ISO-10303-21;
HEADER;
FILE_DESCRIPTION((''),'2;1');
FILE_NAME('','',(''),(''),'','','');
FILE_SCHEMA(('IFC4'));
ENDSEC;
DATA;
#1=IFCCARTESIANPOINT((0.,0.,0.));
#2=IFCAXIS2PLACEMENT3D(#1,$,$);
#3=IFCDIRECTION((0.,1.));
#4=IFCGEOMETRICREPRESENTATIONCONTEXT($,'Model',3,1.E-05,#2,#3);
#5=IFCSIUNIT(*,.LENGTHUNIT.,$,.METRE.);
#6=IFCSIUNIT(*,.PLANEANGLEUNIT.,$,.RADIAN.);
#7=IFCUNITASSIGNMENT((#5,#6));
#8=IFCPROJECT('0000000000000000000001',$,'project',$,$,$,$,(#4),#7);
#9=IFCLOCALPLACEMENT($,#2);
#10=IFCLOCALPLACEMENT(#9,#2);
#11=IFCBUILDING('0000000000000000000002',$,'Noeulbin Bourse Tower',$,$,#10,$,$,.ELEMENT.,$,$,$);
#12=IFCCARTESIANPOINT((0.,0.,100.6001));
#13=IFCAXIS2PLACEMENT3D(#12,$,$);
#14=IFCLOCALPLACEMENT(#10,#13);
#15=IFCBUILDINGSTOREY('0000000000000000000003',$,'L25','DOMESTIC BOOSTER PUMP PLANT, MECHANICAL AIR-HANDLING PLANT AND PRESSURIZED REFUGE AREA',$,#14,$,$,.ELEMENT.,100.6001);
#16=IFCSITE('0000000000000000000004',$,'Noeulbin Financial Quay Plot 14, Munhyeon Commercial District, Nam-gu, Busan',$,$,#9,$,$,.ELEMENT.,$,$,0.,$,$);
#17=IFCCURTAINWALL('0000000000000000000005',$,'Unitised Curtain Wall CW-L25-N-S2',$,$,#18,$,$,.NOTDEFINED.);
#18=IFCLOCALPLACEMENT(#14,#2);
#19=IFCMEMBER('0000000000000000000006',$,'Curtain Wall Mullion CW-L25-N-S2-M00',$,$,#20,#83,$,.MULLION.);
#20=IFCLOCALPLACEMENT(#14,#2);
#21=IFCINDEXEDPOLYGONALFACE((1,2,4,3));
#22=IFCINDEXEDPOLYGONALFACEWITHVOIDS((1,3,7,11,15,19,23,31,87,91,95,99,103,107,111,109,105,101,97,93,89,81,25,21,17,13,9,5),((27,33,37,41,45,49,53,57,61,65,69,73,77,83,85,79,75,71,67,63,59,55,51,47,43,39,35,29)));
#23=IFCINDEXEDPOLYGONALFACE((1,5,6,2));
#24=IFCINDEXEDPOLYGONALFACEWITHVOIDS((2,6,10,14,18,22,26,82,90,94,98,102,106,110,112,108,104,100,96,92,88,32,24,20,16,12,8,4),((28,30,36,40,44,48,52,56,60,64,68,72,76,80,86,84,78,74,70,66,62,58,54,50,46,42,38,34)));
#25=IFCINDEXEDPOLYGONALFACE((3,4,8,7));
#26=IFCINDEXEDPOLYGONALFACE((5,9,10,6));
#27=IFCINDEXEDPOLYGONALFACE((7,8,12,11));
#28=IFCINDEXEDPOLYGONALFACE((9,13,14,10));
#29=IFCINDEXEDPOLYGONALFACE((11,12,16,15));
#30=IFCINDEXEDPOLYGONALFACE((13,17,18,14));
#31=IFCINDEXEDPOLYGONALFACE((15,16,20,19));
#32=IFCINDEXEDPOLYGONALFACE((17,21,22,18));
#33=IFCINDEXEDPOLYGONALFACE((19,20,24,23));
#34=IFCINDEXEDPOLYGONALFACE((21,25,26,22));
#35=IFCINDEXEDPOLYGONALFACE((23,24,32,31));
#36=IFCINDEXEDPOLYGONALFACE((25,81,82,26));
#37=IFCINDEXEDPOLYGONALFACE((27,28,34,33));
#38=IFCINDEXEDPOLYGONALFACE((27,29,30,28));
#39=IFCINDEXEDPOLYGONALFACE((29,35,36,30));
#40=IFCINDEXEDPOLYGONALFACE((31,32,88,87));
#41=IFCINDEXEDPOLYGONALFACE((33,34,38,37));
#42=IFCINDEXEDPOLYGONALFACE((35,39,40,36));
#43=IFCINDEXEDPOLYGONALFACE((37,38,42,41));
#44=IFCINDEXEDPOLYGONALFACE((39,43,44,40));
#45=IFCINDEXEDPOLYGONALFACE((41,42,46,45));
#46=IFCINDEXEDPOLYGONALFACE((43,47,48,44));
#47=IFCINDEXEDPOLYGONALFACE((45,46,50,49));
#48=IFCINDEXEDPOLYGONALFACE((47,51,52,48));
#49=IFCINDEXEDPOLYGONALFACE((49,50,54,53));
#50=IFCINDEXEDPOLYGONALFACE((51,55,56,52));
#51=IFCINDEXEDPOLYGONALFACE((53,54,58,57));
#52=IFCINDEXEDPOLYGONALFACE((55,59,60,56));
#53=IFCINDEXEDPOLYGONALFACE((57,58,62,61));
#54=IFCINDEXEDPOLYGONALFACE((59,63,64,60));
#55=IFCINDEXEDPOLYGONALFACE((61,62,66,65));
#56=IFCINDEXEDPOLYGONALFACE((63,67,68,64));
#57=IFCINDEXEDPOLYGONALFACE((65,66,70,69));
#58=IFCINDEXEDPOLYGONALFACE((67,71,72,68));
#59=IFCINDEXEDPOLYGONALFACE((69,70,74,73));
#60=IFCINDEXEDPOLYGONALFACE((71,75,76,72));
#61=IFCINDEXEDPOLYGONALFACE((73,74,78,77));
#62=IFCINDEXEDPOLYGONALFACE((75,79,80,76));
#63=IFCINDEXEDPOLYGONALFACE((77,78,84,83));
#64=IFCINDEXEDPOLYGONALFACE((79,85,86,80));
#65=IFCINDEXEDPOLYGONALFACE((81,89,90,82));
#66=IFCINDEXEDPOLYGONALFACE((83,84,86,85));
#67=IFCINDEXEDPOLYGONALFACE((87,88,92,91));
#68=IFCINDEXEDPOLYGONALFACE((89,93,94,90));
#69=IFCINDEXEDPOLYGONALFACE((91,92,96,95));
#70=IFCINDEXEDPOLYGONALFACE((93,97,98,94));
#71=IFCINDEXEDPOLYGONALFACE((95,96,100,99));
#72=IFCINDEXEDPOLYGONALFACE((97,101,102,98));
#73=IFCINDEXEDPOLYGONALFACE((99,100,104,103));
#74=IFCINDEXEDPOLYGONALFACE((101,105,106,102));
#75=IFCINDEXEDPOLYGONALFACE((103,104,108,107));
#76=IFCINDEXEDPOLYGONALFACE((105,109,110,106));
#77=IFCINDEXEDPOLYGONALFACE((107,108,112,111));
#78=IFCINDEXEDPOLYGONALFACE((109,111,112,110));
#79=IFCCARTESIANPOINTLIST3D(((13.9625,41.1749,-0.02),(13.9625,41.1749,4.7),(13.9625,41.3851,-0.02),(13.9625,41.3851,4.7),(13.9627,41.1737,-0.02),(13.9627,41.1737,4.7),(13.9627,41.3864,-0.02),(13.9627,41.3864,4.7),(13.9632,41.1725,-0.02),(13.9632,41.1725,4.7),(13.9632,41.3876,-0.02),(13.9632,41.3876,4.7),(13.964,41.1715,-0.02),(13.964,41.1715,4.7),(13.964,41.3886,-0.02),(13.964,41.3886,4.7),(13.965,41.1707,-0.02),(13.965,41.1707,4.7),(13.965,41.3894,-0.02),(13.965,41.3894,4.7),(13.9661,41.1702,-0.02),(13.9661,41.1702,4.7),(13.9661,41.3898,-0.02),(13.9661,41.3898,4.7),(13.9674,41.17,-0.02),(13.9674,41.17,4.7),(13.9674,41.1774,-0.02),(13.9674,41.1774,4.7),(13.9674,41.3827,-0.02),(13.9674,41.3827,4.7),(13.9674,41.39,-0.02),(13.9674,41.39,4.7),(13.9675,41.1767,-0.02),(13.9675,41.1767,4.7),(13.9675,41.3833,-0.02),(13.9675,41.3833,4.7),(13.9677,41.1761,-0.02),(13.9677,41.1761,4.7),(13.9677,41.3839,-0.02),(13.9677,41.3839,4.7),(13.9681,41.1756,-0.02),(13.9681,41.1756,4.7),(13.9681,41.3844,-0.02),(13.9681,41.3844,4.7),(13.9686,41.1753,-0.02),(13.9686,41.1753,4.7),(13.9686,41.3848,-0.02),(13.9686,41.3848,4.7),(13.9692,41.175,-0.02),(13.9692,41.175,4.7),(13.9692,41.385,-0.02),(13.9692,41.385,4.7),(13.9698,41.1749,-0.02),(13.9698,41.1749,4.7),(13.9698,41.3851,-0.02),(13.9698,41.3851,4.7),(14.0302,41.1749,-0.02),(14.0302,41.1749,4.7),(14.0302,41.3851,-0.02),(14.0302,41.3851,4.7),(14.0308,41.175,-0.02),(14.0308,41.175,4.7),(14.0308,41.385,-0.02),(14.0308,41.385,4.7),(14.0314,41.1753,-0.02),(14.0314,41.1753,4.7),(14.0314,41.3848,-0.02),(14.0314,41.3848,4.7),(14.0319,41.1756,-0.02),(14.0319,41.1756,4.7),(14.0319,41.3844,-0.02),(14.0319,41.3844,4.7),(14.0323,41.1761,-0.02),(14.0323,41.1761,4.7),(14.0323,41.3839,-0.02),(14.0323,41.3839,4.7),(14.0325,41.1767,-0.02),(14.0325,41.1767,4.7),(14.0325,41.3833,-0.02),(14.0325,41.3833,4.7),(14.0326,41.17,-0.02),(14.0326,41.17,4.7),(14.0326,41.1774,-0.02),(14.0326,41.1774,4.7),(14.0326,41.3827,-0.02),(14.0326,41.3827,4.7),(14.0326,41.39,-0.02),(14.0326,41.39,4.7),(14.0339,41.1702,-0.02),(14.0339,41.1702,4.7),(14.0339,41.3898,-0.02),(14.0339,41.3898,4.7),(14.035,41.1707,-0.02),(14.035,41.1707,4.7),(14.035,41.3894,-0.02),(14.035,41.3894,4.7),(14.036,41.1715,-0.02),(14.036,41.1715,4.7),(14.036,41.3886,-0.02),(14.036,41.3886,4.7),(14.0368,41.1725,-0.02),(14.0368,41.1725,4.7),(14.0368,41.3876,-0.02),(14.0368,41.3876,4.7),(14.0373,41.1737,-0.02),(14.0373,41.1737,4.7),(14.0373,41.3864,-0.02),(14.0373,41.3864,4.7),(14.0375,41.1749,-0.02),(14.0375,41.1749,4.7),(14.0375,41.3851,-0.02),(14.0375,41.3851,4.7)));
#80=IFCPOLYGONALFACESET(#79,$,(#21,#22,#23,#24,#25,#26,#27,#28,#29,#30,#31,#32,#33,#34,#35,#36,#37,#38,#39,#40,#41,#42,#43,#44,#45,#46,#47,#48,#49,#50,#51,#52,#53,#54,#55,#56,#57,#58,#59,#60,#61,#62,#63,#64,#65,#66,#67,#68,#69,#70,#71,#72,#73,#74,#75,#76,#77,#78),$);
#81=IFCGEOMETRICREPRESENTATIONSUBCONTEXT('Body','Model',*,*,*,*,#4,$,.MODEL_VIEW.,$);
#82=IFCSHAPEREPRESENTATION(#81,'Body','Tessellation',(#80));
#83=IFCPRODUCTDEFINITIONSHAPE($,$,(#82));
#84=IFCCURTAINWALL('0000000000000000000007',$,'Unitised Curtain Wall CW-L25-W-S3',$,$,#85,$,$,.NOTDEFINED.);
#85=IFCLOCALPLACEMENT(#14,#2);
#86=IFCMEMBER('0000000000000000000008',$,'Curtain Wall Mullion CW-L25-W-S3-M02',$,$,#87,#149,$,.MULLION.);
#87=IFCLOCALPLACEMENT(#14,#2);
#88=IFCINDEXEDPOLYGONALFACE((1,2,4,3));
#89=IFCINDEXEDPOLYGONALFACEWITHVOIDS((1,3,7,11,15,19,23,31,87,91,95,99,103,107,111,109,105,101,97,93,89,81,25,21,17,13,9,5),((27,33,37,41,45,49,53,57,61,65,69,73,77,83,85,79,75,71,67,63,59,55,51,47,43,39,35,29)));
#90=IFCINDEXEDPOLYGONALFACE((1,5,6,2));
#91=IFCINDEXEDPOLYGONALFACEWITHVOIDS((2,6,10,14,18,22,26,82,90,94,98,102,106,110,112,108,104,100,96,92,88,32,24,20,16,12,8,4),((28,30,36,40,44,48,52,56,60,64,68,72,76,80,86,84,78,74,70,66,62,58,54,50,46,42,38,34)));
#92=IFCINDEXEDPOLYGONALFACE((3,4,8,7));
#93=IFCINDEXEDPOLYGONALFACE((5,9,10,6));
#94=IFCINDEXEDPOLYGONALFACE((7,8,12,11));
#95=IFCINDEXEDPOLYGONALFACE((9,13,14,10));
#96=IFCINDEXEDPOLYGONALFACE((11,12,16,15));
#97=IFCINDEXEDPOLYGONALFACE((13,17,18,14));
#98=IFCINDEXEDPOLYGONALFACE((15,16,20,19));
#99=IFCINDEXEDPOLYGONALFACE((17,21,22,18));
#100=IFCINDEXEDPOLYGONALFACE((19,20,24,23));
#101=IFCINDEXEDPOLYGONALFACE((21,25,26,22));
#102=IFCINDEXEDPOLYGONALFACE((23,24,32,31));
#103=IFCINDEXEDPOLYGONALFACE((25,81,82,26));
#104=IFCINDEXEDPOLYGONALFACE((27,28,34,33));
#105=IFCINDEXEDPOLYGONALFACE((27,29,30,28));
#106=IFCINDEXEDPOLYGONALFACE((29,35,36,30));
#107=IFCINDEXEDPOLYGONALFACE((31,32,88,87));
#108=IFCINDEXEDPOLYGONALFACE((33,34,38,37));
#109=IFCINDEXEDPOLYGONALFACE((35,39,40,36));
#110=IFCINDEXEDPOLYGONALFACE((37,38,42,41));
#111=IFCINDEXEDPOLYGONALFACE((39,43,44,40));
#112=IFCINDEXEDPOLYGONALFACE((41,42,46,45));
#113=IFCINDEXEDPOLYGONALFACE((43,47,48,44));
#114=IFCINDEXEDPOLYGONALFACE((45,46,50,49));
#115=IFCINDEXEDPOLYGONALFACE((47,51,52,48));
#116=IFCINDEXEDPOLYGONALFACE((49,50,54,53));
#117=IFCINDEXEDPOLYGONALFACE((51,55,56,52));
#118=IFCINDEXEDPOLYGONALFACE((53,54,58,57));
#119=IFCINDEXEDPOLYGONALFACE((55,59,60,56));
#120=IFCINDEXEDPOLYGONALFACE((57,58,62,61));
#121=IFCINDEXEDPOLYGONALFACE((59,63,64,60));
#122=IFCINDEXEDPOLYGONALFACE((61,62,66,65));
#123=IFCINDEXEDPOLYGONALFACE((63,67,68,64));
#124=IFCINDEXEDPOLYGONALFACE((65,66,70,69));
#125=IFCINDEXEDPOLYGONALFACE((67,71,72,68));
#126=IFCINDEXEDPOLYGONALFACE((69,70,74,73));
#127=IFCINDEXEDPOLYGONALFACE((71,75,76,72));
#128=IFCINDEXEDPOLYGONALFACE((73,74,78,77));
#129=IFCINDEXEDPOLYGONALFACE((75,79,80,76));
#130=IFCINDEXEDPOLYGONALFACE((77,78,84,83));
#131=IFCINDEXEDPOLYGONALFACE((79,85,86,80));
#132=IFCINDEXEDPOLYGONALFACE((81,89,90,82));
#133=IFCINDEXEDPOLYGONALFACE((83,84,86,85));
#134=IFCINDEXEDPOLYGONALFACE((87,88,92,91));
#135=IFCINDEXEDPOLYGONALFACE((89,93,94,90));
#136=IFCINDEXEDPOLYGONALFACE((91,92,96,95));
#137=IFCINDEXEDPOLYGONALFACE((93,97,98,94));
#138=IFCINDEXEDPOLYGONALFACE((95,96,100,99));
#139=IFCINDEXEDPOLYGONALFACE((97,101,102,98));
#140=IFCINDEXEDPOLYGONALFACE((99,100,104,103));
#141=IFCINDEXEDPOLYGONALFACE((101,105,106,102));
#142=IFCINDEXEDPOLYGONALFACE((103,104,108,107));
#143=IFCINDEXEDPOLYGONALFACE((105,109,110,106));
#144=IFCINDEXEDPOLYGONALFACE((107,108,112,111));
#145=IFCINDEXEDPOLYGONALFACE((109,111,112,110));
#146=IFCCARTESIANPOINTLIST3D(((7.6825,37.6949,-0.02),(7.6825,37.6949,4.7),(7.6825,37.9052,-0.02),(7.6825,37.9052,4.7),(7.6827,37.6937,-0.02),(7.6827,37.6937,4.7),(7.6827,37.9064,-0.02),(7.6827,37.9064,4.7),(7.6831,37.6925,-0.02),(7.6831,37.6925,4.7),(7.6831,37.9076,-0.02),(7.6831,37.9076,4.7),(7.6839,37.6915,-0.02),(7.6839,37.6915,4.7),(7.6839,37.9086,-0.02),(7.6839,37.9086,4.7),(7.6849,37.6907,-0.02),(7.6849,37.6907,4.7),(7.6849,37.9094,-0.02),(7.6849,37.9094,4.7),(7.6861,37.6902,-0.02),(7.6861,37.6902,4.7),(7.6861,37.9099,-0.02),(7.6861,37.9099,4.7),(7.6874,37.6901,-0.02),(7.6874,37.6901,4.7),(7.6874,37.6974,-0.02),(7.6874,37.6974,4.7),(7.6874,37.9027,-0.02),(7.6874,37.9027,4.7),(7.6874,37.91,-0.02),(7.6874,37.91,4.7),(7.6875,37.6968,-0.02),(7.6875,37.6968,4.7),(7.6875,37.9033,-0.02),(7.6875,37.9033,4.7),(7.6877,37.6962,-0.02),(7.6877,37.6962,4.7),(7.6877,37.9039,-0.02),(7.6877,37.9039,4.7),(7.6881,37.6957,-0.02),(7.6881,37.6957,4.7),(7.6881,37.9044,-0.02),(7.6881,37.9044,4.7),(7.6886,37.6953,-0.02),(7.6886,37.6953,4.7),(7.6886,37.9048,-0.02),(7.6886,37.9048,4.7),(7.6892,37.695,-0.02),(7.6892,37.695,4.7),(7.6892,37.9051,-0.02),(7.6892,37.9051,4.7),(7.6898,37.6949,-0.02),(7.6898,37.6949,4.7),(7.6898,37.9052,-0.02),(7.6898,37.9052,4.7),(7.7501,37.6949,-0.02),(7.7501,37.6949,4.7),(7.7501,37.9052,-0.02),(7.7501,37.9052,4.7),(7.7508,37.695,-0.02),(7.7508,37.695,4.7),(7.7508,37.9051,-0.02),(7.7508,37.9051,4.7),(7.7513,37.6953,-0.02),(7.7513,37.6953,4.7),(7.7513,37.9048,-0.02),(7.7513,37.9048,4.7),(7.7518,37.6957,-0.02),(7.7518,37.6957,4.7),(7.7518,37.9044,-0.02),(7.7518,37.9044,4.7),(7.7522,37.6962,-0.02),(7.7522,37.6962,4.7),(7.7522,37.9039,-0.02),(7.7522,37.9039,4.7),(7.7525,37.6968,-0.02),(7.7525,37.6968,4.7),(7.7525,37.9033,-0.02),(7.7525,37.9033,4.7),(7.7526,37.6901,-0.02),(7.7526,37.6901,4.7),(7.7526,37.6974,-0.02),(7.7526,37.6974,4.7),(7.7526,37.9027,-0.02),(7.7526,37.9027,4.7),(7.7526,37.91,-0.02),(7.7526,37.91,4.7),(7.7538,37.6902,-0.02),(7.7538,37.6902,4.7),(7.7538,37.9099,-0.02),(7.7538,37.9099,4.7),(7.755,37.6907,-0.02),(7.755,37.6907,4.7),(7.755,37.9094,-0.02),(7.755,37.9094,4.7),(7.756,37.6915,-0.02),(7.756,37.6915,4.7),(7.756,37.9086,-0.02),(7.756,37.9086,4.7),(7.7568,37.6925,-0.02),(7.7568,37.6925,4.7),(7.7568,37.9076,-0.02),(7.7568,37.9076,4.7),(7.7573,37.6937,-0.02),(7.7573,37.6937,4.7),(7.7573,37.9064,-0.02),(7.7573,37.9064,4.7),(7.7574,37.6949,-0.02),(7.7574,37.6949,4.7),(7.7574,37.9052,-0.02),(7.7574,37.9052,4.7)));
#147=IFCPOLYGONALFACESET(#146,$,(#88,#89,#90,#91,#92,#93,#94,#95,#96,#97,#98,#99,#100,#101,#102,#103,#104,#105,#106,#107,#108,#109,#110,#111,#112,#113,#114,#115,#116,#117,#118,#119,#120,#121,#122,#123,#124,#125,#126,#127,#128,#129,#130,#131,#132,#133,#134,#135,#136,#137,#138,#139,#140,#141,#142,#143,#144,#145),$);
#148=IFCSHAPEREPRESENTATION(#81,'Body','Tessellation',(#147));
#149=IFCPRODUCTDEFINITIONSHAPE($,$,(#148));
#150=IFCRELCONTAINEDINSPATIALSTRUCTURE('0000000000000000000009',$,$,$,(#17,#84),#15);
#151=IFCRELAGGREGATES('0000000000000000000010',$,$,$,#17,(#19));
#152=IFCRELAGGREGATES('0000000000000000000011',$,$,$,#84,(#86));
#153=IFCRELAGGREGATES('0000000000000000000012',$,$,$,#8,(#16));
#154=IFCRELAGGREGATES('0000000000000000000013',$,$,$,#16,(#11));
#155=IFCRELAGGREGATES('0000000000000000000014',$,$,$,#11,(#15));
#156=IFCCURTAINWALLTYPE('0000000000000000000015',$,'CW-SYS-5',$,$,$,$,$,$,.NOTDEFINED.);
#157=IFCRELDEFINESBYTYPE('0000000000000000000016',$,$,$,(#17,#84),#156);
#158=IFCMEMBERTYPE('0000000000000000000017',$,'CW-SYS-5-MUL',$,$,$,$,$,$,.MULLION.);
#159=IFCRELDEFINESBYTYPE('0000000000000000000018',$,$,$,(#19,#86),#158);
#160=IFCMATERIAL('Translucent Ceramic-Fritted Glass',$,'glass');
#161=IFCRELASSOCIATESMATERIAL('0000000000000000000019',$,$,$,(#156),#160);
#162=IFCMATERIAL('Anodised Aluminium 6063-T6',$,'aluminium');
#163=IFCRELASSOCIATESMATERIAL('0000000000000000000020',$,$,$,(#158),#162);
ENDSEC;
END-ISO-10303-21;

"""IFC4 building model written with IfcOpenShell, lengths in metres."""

from ifc_helpers import new_model, si_unit, direction, frame, origin, origin_2d, place, context, subcontext, project, spatial, hollow_rectangle, extrude, material, material_profile, profile_set, type_object, element, aggregate, save


model = new_model("IFC4")

# Units and contexts
model_context = context("Model", 3, precision=1e-05, world=origin(), true_north=direction((0.0, 1.0)))
body_context = subcontext(model_context, "Body", "Model", "MODEL_VIEW")
ifc_project = project(units=[si_unit("LENGTHUNIT", "METRE"), si_unit("PLANEANGLEUNIT", "RADIAN")], contexts=[model_context])

# Site, building, storey
site_placement = place(None, origin())
site = spatial("IfcSite", under=ifc_project, at=site_placement, Name="Noeulbin Financial Quay Plot 14, Munhyeon Commercial District, Nam-gu, Busan", CompositionType="ELEMENT", RefElevation=0.0)
building_placement = place(site_placement, origin())
building = spatial("IfcBuilding", under=site, at=building_placement, Name="Noeulbin Bourse Tower", CompositionType="ELEMENT")
storey_placement = place(building_placement, frame((0.0, 0.0, 100.6001)))
storey = spatial("IfcBuildingStorey", under=building, at=storey_placement, Name="L25", Description="DOMESTIC BOOSTER PUMP PLANT, MECHANICAL AIR-HANDLING PLANT AND PRESSURIZED REFUGE AREA", CompositionType="ELEMENT", Elevation=100.6001)

# Shared definitions
ifc_material_1 = material(Name="Translucent Ceramic-Fritted Glass", Category="glass")
curtain_wall_type = type_object("IfcCurtainWallType", Name="CW-SYS-5", PredefinedType="NOTDEFINED", material=ifc_material_1)
ifc_material_2 = material(Name="Anodised Aluminium 6063-T6", Category="aluminium")
ifc_material_profile_1 = material_profile(ifc_material_2, hollow_rectangle(XDim=0.075, YDim=0.22, WallThickness=0.0049, InnerFilletRadius=0.0024, OuterFilletRadius=0.0049, at=origin_2d()), Name="ALU-MULL-75x220x5", Category="LoadBearing")
ifc_profile_set_1 = profile_set([ifc_material_profile_1], Name="Anodised Aluminium 6063-T6")
member_type_1 = type_object("IfcMemberType", Name="CW-SYS-5-MUL", PredefinedType="MULLION", material=ifc_profile_set_1)

# Curtain walls, members
curtain_wall_1_placement = place(storey_placement, origin())
curtain_wall_1 = element("IfcCurtainWall", 1, at=curtain_wall_1_placement, inside=storey, type_object=curtain_wall_type, Name="Unitised Curtain Wall CW-L25-N-S2", PredefinedType="NOTDEFINED")
member_1_placement = place(storey_placement, frame((14.0, 41.28, -0.02), z_axis=(0.0, 0.0, 1.0), x_axis=(1.0, 0.0, 0.0)))
member_1 = element("IfcMember", 2, at=member_1_placement, type_object=member_type_1, Name="Curtain Wall Mullion CW-L25-N-S2-M00", PredefinedType="MULLION", context=body_context, shape_type="SweptSolid", body=[
    extrude(hollow_rectangle(XDim=0.075, YDim=0.22, WallThickness=0.0049, InnerFilletRadius=0.0024, OuterFilletRadius=0.0049, at=origin_2d()), origin(), (0.0, 0.0, 1.0), 4.72),
])
curtain_wall_2_placement = place(storey_placement, origin())
curtain_wall_2 = element("IfcCurtainWall", 3, at=curtain_wall_2_placement, inside=storey, type_object=curtain_wall_type, Name="Unitised Curtain Wall CW-L25-W-S3", PredefinedType="NOTDEFINED")
member_2_placement = place(storey_placement, frame((7.72, 37.8, -0.02), z_axis=(0.0, 0.0, 1.0), x_axis=(1.0, 0.0, 0.0)))
member_2 = element("IfcMember", 4, at=member_2_placement, type_object=member_type_1, Name="Curtain Wall Mullion CW-L25-W-S3-M02", PredefinedType="MULLION", context=body_context, shape_type="SweptSolid", body=[
    extrude(hollow_rectangle(XDim=0.075, YDim=0.22, WallThickness=0.0049, InnerFilletRadius=0.0024, OuterFilletRadius=0.0049, at=origin_2d()), origin(), (0.0, 0.0, 1.0), 4.72),
])

aggregate(curtain_wall_1, [member_1])

aggregate(curtain_wall_2, [member_2])

save(model, "model.ifc")
